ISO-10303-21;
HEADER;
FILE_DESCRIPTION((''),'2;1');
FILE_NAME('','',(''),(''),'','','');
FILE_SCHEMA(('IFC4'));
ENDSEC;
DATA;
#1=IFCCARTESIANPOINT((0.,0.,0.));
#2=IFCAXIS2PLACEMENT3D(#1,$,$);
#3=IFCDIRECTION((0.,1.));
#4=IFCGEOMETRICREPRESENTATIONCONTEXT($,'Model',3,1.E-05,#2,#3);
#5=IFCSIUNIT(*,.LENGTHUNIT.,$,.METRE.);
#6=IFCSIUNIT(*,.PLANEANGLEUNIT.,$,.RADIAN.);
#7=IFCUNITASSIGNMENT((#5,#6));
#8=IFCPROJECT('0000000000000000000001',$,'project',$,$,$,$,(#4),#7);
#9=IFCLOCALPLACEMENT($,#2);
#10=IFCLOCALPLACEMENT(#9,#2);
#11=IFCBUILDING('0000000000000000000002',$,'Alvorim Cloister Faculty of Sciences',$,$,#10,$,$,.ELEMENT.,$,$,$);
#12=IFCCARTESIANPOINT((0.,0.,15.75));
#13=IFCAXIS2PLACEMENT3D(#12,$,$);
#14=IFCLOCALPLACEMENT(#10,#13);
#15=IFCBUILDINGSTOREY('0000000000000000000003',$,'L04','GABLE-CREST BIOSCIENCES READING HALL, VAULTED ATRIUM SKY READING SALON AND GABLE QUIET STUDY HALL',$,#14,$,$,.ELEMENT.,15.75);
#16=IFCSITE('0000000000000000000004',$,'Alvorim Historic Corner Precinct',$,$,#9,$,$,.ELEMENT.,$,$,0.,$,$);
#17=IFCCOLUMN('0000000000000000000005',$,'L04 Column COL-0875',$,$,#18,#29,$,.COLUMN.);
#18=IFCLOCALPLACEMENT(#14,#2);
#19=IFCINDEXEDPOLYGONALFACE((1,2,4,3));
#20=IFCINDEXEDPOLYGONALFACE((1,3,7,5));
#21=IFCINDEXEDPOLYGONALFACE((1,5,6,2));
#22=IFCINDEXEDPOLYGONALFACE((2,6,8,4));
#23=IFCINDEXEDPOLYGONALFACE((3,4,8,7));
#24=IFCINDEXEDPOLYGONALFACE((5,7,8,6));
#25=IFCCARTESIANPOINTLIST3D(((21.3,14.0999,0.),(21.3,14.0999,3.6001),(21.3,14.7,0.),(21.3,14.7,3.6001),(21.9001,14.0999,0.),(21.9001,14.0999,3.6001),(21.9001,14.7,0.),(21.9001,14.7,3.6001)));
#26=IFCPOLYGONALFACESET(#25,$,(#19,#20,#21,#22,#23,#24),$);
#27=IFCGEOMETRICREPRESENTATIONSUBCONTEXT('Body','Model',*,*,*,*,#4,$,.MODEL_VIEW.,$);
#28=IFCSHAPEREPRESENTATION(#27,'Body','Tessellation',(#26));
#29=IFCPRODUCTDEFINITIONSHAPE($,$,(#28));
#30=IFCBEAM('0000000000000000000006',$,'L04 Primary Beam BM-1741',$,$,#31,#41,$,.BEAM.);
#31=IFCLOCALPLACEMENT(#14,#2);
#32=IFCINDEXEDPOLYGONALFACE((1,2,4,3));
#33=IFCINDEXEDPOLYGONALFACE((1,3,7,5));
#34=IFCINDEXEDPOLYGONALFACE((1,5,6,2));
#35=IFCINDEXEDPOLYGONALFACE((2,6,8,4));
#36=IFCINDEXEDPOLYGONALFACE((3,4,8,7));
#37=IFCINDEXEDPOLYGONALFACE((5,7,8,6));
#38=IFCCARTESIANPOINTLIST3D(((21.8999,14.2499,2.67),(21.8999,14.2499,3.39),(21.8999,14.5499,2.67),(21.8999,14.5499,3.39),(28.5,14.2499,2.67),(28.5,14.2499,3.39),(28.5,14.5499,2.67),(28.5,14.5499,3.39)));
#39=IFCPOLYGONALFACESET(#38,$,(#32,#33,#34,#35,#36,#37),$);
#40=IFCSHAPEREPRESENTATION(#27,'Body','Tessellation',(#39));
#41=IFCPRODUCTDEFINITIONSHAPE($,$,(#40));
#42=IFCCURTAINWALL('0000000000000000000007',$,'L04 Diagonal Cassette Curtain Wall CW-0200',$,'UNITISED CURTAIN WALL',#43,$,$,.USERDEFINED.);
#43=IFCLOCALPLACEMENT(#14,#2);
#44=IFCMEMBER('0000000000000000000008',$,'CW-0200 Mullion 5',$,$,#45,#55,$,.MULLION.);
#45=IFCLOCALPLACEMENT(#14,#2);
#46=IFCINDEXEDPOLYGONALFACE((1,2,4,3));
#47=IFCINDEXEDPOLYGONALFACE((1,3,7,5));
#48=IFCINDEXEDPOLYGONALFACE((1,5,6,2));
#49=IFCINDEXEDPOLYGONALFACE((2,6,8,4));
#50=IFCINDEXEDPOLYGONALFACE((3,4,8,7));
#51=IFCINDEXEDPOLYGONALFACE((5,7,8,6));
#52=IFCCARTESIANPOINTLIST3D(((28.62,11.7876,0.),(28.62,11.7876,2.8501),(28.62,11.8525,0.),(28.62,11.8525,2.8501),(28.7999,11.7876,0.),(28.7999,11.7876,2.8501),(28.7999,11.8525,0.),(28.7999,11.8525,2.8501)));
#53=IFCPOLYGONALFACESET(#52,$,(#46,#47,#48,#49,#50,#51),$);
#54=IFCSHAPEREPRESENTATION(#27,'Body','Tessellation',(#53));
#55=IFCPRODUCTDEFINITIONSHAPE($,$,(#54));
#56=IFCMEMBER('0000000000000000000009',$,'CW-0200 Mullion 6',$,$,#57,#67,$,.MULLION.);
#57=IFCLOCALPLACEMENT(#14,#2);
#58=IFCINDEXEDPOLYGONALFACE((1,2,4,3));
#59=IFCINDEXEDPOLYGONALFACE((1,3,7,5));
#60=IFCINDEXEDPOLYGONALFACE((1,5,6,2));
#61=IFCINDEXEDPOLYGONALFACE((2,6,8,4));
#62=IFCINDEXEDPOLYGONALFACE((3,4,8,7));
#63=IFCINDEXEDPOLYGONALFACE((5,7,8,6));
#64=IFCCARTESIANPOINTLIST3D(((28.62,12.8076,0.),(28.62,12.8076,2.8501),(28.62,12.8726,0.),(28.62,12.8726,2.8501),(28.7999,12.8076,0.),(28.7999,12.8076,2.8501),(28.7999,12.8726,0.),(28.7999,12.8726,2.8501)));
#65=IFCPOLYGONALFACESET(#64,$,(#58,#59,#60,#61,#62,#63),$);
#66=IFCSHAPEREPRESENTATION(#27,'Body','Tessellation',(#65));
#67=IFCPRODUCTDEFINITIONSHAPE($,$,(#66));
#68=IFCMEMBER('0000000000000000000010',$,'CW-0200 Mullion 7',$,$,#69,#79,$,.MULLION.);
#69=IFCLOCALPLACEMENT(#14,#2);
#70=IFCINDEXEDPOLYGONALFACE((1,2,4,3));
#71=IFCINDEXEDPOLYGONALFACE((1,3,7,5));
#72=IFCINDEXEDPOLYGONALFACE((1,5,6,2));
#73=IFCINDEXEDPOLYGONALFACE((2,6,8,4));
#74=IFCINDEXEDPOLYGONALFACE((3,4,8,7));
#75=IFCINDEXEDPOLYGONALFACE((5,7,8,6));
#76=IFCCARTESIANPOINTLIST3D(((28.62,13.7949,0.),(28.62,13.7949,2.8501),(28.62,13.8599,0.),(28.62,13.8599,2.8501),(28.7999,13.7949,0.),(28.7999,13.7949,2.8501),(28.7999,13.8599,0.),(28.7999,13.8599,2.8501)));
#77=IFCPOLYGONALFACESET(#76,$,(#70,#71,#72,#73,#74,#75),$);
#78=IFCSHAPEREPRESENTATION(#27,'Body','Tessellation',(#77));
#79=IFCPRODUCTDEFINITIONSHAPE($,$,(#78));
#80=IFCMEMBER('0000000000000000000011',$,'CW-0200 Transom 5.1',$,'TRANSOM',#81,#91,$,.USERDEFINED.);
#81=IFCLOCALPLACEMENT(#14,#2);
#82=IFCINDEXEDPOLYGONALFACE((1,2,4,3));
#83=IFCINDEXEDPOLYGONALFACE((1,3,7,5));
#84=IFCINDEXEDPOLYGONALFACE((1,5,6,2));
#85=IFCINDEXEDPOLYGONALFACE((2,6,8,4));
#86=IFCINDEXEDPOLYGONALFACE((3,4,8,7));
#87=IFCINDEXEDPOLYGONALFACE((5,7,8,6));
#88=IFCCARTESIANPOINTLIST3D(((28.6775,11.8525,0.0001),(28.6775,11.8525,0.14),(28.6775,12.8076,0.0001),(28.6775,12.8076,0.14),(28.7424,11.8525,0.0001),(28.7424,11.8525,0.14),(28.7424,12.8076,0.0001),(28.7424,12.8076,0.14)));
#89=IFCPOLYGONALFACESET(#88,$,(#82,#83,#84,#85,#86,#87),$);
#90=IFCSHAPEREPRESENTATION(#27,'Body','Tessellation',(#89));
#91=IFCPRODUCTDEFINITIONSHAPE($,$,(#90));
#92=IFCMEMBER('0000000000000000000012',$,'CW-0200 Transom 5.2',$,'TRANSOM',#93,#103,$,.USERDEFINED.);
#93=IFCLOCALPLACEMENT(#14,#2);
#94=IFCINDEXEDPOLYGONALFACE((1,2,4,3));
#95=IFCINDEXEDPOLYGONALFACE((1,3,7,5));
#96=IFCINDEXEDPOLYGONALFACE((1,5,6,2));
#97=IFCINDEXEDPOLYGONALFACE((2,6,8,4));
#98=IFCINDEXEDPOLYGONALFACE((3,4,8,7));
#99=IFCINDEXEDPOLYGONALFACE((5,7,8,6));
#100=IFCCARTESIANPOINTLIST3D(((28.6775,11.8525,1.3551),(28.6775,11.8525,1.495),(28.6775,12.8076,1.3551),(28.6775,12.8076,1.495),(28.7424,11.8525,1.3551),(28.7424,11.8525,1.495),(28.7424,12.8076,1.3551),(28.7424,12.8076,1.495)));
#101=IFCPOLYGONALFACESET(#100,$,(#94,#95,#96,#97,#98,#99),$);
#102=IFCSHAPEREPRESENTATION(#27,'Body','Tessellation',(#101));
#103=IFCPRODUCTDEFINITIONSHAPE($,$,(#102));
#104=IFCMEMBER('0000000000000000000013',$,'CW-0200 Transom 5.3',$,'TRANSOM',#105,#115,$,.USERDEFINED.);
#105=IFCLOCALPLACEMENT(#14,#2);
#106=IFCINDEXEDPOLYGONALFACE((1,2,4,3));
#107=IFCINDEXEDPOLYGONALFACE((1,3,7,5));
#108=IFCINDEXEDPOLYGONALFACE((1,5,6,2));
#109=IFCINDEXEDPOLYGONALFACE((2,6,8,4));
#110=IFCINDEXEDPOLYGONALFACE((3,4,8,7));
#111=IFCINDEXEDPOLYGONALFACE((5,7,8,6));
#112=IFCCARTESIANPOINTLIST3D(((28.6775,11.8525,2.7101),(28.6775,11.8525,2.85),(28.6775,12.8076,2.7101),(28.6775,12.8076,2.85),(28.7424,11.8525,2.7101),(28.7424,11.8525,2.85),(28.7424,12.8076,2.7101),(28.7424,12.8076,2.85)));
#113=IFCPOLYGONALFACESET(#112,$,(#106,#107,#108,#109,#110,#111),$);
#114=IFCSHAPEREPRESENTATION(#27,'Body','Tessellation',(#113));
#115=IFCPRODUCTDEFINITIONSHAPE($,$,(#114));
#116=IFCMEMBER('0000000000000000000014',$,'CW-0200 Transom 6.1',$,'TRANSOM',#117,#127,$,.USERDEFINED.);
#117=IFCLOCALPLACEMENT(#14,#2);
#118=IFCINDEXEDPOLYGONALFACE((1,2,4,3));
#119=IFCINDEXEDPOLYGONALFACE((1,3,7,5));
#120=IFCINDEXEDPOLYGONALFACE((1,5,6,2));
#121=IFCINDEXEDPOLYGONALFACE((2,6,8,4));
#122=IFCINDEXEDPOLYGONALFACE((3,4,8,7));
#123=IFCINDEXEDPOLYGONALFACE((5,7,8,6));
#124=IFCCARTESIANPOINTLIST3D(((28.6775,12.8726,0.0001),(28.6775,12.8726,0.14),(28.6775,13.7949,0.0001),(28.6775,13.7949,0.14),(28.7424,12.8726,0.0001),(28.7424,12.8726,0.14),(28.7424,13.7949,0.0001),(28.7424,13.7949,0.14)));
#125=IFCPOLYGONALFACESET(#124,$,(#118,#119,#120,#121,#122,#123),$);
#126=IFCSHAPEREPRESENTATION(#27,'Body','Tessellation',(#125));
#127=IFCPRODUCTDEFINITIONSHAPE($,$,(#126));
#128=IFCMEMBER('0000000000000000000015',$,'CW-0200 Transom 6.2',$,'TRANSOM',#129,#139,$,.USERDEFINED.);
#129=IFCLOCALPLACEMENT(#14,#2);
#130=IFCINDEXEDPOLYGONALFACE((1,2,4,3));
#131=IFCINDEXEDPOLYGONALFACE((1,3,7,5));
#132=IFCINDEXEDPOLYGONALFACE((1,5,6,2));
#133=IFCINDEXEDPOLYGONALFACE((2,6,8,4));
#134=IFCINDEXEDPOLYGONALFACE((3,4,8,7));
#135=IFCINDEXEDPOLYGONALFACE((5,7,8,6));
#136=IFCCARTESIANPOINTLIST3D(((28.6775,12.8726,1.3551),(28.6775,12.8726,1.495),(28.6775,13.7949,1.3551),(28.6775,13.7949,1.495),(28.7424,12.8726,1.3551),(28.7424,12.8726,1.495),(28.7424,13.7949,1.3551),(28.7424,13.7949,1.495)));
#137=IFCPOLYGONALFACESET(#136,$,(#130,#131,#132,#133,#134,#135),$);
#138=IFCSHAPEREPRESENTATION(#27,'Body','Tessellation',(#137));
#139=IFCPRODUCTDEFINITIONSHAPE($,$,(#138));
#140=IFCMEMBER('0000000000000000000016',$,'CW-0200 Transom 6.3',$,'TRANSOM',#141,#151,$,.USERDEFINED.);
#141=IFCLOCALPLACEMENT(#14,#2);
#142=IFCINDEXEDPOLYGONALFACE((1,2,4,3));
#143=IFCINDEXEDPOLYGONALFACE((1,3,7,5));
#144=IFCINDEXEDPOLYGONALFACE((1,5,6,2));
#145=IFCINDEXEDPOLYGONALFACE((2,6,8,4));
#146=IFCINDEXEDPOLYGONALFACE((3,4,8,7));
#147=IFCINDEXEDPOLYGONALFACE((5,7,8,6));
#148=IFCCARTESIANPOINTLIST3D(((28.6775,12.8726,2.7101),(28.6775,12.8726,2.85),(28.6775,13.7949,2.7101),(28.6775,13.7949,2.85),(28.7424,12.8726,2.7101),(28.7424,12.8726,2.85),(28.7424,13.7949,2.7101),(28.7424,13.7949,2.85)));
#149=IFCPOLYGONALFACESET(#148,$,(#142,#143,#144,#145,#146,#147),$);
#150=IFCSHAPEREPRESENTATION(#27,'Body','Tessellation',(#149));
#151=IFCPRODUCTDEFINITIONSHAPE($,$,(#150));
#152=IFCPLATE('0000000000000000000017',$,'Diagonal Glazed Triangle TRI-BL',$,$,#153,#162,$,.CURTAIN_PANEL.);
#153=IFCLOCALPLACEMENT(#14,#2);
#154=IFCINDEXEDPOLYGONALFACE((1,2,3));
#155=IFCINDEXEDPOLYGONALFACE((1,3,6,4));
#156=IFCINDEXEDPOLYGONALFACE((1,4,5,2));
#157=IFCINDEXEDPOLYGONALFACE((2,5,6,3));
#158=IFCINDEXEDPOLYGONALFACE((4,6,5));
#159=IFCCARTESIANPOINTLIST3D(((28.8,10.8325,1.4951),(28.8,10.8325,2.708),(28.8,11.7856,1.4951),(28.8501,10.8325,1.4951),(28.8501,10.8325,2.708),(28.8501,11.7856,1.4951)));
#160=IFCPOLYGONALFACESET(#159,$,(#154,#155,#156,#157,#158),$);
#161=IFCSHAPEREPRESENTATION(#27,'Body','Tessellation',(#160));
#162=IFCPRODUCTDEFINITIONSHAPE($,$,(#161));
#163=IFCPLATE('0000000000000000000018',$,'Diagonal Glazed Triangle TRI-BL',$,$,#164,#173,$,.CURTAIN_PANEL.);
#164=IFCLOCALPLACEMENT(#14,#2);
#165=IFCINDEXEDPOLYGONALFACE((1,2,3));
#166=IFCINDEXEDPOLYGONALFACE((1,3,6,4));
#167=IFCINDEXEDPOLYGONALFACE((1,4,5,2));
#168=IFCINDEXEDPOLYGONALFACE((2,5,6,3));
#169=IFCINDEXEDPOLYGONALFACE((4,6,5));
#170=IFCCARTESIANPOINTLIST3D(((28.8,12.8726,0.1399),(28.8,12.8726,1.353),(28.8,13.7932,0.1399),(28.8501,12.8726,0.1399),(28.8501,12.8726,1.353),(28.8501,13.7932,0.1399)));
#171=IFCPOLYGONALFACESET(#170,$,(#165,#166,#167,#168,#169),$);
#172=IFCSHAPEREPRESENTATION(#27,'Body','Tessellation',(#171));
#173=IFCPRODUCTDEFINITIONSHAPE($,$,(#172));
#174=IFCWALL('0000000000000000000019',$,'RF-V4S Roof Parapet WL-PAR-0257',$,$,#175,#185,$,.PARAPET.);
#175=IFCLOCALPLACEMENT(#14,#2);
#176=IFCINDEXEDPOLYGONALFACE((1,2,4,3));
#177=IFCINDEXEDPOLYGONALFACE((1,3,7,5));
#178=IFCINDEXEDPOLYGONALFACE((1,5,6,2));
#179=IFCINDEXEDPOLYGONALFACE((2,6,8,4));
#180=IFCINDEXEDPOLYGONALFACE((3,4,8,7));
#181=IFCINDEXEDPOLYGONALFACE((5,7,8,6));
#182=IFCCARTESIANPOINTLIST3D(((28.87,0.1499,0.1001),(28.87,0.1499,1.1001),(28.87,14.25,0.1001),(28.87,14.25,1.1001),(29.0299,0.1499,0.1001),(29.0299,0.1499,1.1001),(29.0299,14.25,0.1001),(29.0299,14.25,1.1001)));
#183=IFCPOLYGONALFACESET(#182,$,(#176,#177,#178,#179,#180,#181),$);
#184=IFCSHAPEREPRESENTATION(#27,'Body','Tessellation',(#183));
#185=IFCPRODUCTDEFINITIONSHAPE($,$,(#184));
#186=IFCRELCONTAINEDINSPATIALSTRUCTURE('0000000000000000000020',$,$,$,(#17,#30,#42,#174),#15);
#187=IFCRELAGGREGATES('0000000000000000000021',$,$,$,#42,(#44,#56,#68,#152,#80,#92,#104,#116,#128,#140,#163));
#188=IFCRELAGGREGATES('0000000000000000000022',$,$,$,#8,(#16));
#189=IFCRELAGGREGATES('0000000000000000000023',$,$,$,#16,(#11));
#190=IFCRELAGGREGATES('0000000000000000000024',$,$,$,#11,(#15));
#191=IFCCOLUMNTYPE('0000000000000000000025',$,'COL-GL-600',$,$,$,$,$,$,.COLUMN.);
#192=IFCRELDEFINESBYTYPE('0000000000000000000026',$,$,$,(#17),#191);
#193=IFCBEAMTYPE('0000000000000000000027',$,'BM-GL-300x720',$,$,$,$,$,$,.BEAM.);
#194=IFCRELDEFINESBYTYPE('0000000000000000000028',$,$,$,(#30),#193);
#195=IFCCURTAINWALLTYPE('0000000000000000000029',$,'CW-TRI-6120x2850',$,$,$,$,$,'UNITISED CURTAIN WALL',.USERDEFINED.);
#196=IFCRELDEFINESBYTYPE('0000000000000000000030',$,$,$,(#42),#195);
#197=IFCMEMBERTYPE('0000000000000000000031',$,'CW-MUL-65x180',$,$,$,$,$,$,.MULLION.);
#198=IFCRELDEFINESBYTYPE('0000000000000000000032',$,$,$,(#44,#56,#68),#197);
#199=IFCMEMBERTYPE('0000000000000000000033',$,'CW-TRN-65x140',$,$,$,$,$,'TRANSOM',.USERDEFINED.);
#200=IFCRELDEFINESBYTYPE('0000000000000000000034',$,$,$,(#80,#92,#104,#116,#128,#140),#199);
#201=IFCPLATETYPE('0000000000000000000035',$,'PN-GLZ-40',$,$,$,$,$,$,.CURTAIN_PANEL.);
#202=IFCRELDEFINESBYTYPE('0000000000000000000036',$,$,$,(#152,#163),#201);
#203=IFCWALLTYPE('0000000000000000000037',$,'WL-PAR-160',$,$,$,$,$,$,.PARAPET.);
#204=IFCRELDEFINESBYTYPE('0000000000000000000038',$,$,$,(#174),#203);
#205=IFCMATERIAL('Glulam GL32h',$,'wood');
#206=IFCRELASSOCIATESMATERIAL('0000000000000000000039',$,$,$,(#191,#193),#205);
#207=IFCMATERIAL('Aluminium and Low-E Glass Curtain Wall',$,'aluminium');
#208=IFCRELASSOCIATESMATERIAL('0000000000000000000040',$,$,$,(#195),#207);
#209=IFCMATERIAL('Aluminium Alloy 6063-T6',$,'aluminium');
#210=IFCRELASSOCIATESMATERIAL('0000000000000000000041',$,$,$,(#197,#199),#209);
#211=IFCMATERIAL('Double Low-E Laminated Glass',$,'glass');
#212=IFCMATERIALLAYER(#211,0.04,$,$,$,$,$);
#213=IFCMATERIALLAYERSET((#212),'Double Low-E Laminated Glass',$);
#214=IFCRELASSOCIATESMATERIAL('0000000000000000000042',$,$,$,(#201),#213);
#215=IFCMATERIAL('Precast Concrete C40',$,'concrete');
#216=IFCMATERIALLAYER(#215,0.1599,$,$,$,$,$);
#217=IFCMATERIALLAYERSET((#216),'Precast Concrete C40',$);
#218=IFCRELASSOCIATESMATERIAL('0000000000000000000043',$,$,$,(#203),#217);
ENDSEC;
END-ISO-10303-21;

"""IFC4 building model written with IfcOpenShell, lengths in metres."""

from ifc_helpers import new_model, si_unit, direction, frame, frame_2d, origin, origin_2d, place, context, subcontext, project, spatial, polyline, rectangle, outline, extrude, material, layer, layer_set, material_profile, profile_set, type_object, element, aggregate, save


model = new_model("IFC4")

# Units and contexts
model_context = context("Model", 3, precision=1e-05, world=origin(), true_north=direction((0.0, 1.0)))
body_context = subcontext(model_context, "Body", "Model", "MODEL_VIEW")
ifc_project = project(units=[si_unit("LENGTHUNIT", "METRE"), si_unit("PLANEANGLEUNIT", "RADIAN")], contexts=[model_context])

# Site, building, storey
site_placement = place(None, origin())
site = spatial("IfcSite", under=ifc_project, at=site_placement, Name="Alvorim Historic Corner Precinct", CompositionType="ELEMENT", RefElevation=0.0)
building_placement = place(site_placement, origin())
building = spatial("IfcBuilding", under=site, at=building_placement, Name="Alvorim Cloister Faculty of Sciences", CompositionType="ELEMENT")
storey_placement = place(building_placement, frame((0.0, 0.0, 15.75)))
storey = spatial("IfcBuildingStorey", under=building, at=storey_placement, Name="L04", Description="GABLE-CREST BIOSCIENCES READING HALL, VAULTED ATRIUM SKY READING SALON AND GABLE QUIET STUDY HALL", CompositionType="ELEMENT", Elevation=15.75)

# Column
ifc_material_1 = material(Name="Glulam GL32h", Category="wood")
ifc_material_profile_1 = material_profile(ifc_material_1, rectangle(XDim=0.6001, YDim=0.6001, at=origin_2d()), Name="GL32-COL-600x600")
ifc_profile_set_1 = profile_set([ifc_material_profile_1], Name="Glulam GL32h")
column_type = type_object("IfcColumnType", Name="COL-GL-600", PredefinedType="COLUMN", material=ifc_profile_set_1)
column_placement = place(storey_placement, frame((21.6001, 14.3999, 0.0), z_axis=(0.0, 0.0, 1.0), x_axis=(1.0, 0.0, 0.0)))
element("IfcColumn", 1, at=column_placement, inside=storey, type_object=column_type, Name="L04 Column COL-0875", PredefinedType="COLUMN", context=body_context, shape_type="SweptSolid", body=[
    extrude(rectangle(XDim=0.6001, YDim=0.6001, at=origin_2d()), origin(), (0.0, 0.0, 1.0), 3.6001),
])

# Beam
ifc_material_profile_2 = material_profile(ifc_material_1, rectangle(XDim=0.3, YDim=0.72, at=origin_2d()), Name="GL32-BM-300x720")
ifc_profile_set_2 = profile_set([ifc_material_profile_2], Name="Glulam GL32h")
beam_type = type_object("IfcBeamType", Name="BM-GL-300x720", PredefinedType="BEAM", material=ifc_profile_set_2)
beam_placement = place(storey_placement, frame((21.8999, 14.3999, 3.03), z_axis=(1.0, 0.0, 0.0), x_axis=(0.0, 1.0, 0.0)))
element("IfcBeam", 2, at=beam_placement, inside=storey, type_object=beam_type, Name="L04 Primary Beam BM-1741", PredefinedType="BEAM", context=body_context, shape_type="SweptSolid", body=[
    extrude(rectangle(XDim=0.3, YDim=0.72, at=origin_2d()), origin(), (0.0, 0.0, 1.0), 6.6001),
])

# Curtain wall, members, plates
ifc_material_2 = material(Name="Aluminium and Low-E Glass Curtain Wall", Category="aluminium")
curtain_wall_type = type_object("IfcCurtainWallType", Name="CW-TRI-6120x2850", ElementType="UNITISED CURTAIN WALL", PredefinedType="USERDEFINED", material=ifc_material_2)
curtain_wall_placement = place(storey_placement, origin())
curtain_wall = element("IfcCurtainWall", 3, at=curtain_wall_placement, inside=storey, type_object=curtain_wall_type, Name="L04 Diagonal Cassette Curtain Wall CW-0200", ObjectType="UNITISED CURTAIN WALL", PredefinedType="USERDEFINED")
ifc_material_3 = material(Name="Aluminium Alloy 6063-T6", Category="aluminium")
ifc_material_profile_3 = material_profile(ifc_material_3, rectangle(XDim=0.0649, YDim=0.1799, at=origin_2d()), Name="ALU-MUL-65x180")
ifc_profile_set_3 = profile_set([ifc_material_profile_3], Name="Aluminium Alloy 6063-T6")
member_type_1 = type_object("IfcMemberType", Name="CW-MUL-65x180", PredefinedType="MULLION", material=ifc_profile_set_3)
member_1_placement = place(storey_placement, frame((28.71, 11.8201, 0.0), z_axis=(0.0, 0.0, 1.0), x_axis=(0.0, 1.0, 0.0)))
member_1 = element("IfcMember", 4, at=member_1_placement, type_object=member_type_1, Name="CW-0200 Mullion 5", PredefinedType="MULLION", context=body_context, shape_type="SweptSolid", body=[
    extrude(rectangle(XDim=0.0649, YDim=0.1799, at=origin_2d()), origin(), (0.0, 0.0, 1.0), 2.8501),
])
member_2_placement = place(storey_placement, frame((28.71, 12.8401, 0.0), z_axis=(0.0, 0.0, 1.0), x_axis=(0.0, 1.0, 0.0)))
member_2 = element("IfcMember", 5, at=member_2_placement, type_object=member_type_1, Name="CW-0200 Mullion 6", PredefinedType="MULLION", context=body_context, shape_type="SweptSolid", body=[
    extrude(rectangle(XDim=0.0649, YDim=0.1799, at=origin_2d()), origin(), (0.0, 0.0, 1.0), 2.8501),
])
member_3_placement = place(storey_placement, frame((28.71, 13.8274, 0.0), z_axis=(0.0, 0.0, 1.0), x_axis=(0.0, 1.0, 0.0)))
member_3 = element("IfcMember", 6, at=member_3_placement, type_object=member_type_1, Name="CW-0200 Mullion 7", PredefinedType="MULLION", context=body_context, shape_type="SweptSolid", body=[
    extrude(rectangle(XDim=0.0649, YDim=0.1799, at=origin_2d()), origin(), (0.0, 0.0, 1.0), 2.8501),
])
ifc_material_profile_4 = material_profile(ifc_material_3, rectangle(XDim=0.0649, YDim=0.1399, at=origin_2d()), Name="ALU-TRN-65x140")
ifc_profile_set_4 = profile_set([ifc_material_profile_4], Name="Aluminium Alloy 6063-T6")
member_type_2 = type_object("IfcMemberType", Name="CW-TRN-65x140", ElementType="TRANSOM", PredefinedType="USERDEFINED", material=ifc_profile_set_4)
member_4_placement = place(storey_placement, frame((28.71, 11.8525, 0.0701), z_axis=(0.0, 1.0, 0.0), x_axis=(-1.0, 0.0, 0.0)))
member_4 = element("IfcMember", 7, at=member_4_placement, type_object=member_type_2, Name="CW-0200 Transom 5.1", ObjectType="TRANSOM", PredefinedType="USERDEFINED", context=body_context, shape_type="SweptSolid", body=[
    extrude(rectangle(XDim=0.0649, YDim=0.1399, at=origin_2d()), origin(), (0.0, 0.0, 1.0), 0.9551),
])
member_5_placement = place(storey_placement, frame((28.71, 11.8525, 1.425), z_axis=(0.0, 1.0, 0.0), x_axis=(-1.0, 0.0, 0.0)))
member_5 = element("IfcMember", 8, at=member_5_placement, type_object=member_type_2, Name="CW-0200 Transom 5.2", ObjectType="TRANSOM", PredefinedType="USERDEFINED", context=body_context, shape_type="SweptSolid", body=[
    extrude(rectangle(XDim=0.0649, YDim=0.1399, at=origin_2d()), origin(), (0.0, 0.0, 1.0), 0.9551),
])
member_6_placement = place(storey_placement, frame((28.71, 11.8525, 2.78), z_axis=(0.0, 1.0, 0.0), x_axis=(-1.0, 0.0, 0.0)))
member_6 = element("IfcMember", 9, at=member_6_placement, type_object=member_type_2, Name="CW-0200 Transom 5.3", ObjectType="TRANSOM", PredefinedType="USERDEFINED", context=body_context, shape_type="SweptSolid", body=[
    extrude(rectangle(XDim=0.0649, YDim=0.1399, at=origin_2d()), origin(), (0.0, 0.0, 1.0), 0.9551),
])
member_7_placement = place(storey_placement, frame((28.71, 12.8726, 0.0701), z_axis=(0.0, 1.0, 0.0), x_axis=(-1.0, 0.0, 0.0)))
member_7 = element("IfcMember", 10, at=member_7_placement, type_object=member_type_2, Name="CW-0200 Transom 6.1", ObjectType="TRANSOM", PredefinedType="USERDEFINED", context=body_context, shape_type="SweptSolid", body=[
    extrude(rectangle(XDim=0.0649, YDim=0.1399, at=origin_2d()), origin(), (0.0, 0.0, 1.0), 0.9224),
])
member_8_placement = place(storey_placement, frame((28.71, 12.8726, 1.425), z_axis=(0.0, 1.0, 0.0), x_axis=(-1.0, 0.0, 0.0)))
member_8 = element("IfcMember", 11, at=member_8_placement, type_object=member_type_2, Name="CW-0200 Transom 6.2", ObjectType="TRANSOM", PredefinedType="USERDEFINED", context=body_context, shape_type="SweptSolid", body=[
    extrude(rectangle(XDim=0.0649, YDim=0.1399, at=origin_2d()), origin(), (0.0, 0.0, 1.0), 0.9224),
])
member_9_placement = place(storey_placement, frame((28.71, 12.8726, 2.78), z_axis=(0.0, 1.0, 0.0), x_axis=(-1.0, 0.0, 0.0)))
member_9 = element("IfcMember", 12, at=member_9_placement, type_object=member_type_2, Name="CW-0200 Transom 6.3", ObjectType="TRANSOM", PredefinedType="USERDEFINED", context=body_context, shape_type="SweptSolid", body=[
    extrude(rectangle(XDim=0.0649, YDim=0.1399, at=origin_2d()), origin(), (0.0, 0.0, 1.0), 0.9224),
])
ifc_material_4 = material(Name="Double Low-E Laminated Glass", Category="glass")
ifc_layer_1 = layer(ifc_material_4, 0.04)
ifc_layer_set_1 = layer_set([ifc_layer_1], Name="Double Low-E Laminated Glass")
plate_type = type_object("IfcPlateType", Name="PN-GLZ-40", PredefinedType="CURTAIN_PANEL", material=ifc_layer_set_1)
plate_1_placement = place(storey_placement, frame((28.825, 10.8325, 1.4951), z_axis=(0.0, 0.0, 1.0), x_axis=(0.0, 1.0, 0.0)))
plate_1 = element("IfcPlate", 13, at=plate_1_placement, type_object=plate_type, Name="Diagonal Glazed Triangle TRI-BL", PredefinedType="CURTAIN_PANEL", context=body_context, shape_type="SweptSolid", body=[
    extrude(outline(polyline([(0.0, 0.0), (0.9531, 0.0), (0.0, 1.2129), (0.0, 0.0)])), frame((0.0, 0.0249, 0.0), z_axis=(0.0, -1.0, 0.0), x_axis=(1.0, 0.0, 0.0)), (0.0, 0.0, 1.0), 0.05),
])
plate_2_placement = place(storey_placement, frame((28.825, 12.8726, 0.1399), z_axis=(0.0, 0.0, 1.0), x_axis=(0.0, 1.0, 0.0)))
plate_2 = element("IfcPlate", 14, at=plate_2_placement, type_object=plate_type, Name="Diagonal Glazed Triangle TRI-BL", PredefinedType="CURTAIN_PANEL", context=body_context, shape_type="SweptSolid", body=[
    extrude(outline(polyline([(0.0, 0.0), (0.9207, 0.0), (0.0, 1.2131), (0.0, 0.0)])), frame((0.0, 0.0249, 0.0), z_axis=(0.0, -1.0, 0.0), x_axis=(1.0, 0.0, 0.0)), (0.0, 0.0, 1.0), 0.05),
])
aggregate(curtain_wall, [member_1, member_2, member_3, plate_1, member_4, member_5, member_6, member_7, member_8, member_9, plate_2])

# Wall
ifc_material_5 = material(Name="Precast Concrete C40", Category="concrete")
ifc_layer_2 = layer(ifc_material_5, 0.1599)
ifc_layer_set_2 = layer_set([ifc_layer_2], Name="Precast Concrete C40")
wall_type_1 = type_object("IfcWallType", Name="WL-PAR-160", PredefinedType="PARAPET", material=ifc_layer_set_2)
wall_1_placement = place(storey_placement, frame((28.95, 14.25, 0.1001), z_axis=(0.0, 0.0, 1.0), x_axis=(0.0, -1.0, 0.0)))
element("IfcWall", 15, at=wall_1_placement, inside=storey, type_object=wall_type_1, Name="RF-V4S Roof Parapet WL-PAR-0257", PredefinedType="PARAPET", context=body_context, shape_type="SweptSolid", body=[
    extrude(rectangle(XDim=14.1001, YDim=0.1599, at=frame_2d((7.05, 0.0))), origin(), (0.0, 0.0, 1.0), 1.0),
])

save(model, "model.ifc")
